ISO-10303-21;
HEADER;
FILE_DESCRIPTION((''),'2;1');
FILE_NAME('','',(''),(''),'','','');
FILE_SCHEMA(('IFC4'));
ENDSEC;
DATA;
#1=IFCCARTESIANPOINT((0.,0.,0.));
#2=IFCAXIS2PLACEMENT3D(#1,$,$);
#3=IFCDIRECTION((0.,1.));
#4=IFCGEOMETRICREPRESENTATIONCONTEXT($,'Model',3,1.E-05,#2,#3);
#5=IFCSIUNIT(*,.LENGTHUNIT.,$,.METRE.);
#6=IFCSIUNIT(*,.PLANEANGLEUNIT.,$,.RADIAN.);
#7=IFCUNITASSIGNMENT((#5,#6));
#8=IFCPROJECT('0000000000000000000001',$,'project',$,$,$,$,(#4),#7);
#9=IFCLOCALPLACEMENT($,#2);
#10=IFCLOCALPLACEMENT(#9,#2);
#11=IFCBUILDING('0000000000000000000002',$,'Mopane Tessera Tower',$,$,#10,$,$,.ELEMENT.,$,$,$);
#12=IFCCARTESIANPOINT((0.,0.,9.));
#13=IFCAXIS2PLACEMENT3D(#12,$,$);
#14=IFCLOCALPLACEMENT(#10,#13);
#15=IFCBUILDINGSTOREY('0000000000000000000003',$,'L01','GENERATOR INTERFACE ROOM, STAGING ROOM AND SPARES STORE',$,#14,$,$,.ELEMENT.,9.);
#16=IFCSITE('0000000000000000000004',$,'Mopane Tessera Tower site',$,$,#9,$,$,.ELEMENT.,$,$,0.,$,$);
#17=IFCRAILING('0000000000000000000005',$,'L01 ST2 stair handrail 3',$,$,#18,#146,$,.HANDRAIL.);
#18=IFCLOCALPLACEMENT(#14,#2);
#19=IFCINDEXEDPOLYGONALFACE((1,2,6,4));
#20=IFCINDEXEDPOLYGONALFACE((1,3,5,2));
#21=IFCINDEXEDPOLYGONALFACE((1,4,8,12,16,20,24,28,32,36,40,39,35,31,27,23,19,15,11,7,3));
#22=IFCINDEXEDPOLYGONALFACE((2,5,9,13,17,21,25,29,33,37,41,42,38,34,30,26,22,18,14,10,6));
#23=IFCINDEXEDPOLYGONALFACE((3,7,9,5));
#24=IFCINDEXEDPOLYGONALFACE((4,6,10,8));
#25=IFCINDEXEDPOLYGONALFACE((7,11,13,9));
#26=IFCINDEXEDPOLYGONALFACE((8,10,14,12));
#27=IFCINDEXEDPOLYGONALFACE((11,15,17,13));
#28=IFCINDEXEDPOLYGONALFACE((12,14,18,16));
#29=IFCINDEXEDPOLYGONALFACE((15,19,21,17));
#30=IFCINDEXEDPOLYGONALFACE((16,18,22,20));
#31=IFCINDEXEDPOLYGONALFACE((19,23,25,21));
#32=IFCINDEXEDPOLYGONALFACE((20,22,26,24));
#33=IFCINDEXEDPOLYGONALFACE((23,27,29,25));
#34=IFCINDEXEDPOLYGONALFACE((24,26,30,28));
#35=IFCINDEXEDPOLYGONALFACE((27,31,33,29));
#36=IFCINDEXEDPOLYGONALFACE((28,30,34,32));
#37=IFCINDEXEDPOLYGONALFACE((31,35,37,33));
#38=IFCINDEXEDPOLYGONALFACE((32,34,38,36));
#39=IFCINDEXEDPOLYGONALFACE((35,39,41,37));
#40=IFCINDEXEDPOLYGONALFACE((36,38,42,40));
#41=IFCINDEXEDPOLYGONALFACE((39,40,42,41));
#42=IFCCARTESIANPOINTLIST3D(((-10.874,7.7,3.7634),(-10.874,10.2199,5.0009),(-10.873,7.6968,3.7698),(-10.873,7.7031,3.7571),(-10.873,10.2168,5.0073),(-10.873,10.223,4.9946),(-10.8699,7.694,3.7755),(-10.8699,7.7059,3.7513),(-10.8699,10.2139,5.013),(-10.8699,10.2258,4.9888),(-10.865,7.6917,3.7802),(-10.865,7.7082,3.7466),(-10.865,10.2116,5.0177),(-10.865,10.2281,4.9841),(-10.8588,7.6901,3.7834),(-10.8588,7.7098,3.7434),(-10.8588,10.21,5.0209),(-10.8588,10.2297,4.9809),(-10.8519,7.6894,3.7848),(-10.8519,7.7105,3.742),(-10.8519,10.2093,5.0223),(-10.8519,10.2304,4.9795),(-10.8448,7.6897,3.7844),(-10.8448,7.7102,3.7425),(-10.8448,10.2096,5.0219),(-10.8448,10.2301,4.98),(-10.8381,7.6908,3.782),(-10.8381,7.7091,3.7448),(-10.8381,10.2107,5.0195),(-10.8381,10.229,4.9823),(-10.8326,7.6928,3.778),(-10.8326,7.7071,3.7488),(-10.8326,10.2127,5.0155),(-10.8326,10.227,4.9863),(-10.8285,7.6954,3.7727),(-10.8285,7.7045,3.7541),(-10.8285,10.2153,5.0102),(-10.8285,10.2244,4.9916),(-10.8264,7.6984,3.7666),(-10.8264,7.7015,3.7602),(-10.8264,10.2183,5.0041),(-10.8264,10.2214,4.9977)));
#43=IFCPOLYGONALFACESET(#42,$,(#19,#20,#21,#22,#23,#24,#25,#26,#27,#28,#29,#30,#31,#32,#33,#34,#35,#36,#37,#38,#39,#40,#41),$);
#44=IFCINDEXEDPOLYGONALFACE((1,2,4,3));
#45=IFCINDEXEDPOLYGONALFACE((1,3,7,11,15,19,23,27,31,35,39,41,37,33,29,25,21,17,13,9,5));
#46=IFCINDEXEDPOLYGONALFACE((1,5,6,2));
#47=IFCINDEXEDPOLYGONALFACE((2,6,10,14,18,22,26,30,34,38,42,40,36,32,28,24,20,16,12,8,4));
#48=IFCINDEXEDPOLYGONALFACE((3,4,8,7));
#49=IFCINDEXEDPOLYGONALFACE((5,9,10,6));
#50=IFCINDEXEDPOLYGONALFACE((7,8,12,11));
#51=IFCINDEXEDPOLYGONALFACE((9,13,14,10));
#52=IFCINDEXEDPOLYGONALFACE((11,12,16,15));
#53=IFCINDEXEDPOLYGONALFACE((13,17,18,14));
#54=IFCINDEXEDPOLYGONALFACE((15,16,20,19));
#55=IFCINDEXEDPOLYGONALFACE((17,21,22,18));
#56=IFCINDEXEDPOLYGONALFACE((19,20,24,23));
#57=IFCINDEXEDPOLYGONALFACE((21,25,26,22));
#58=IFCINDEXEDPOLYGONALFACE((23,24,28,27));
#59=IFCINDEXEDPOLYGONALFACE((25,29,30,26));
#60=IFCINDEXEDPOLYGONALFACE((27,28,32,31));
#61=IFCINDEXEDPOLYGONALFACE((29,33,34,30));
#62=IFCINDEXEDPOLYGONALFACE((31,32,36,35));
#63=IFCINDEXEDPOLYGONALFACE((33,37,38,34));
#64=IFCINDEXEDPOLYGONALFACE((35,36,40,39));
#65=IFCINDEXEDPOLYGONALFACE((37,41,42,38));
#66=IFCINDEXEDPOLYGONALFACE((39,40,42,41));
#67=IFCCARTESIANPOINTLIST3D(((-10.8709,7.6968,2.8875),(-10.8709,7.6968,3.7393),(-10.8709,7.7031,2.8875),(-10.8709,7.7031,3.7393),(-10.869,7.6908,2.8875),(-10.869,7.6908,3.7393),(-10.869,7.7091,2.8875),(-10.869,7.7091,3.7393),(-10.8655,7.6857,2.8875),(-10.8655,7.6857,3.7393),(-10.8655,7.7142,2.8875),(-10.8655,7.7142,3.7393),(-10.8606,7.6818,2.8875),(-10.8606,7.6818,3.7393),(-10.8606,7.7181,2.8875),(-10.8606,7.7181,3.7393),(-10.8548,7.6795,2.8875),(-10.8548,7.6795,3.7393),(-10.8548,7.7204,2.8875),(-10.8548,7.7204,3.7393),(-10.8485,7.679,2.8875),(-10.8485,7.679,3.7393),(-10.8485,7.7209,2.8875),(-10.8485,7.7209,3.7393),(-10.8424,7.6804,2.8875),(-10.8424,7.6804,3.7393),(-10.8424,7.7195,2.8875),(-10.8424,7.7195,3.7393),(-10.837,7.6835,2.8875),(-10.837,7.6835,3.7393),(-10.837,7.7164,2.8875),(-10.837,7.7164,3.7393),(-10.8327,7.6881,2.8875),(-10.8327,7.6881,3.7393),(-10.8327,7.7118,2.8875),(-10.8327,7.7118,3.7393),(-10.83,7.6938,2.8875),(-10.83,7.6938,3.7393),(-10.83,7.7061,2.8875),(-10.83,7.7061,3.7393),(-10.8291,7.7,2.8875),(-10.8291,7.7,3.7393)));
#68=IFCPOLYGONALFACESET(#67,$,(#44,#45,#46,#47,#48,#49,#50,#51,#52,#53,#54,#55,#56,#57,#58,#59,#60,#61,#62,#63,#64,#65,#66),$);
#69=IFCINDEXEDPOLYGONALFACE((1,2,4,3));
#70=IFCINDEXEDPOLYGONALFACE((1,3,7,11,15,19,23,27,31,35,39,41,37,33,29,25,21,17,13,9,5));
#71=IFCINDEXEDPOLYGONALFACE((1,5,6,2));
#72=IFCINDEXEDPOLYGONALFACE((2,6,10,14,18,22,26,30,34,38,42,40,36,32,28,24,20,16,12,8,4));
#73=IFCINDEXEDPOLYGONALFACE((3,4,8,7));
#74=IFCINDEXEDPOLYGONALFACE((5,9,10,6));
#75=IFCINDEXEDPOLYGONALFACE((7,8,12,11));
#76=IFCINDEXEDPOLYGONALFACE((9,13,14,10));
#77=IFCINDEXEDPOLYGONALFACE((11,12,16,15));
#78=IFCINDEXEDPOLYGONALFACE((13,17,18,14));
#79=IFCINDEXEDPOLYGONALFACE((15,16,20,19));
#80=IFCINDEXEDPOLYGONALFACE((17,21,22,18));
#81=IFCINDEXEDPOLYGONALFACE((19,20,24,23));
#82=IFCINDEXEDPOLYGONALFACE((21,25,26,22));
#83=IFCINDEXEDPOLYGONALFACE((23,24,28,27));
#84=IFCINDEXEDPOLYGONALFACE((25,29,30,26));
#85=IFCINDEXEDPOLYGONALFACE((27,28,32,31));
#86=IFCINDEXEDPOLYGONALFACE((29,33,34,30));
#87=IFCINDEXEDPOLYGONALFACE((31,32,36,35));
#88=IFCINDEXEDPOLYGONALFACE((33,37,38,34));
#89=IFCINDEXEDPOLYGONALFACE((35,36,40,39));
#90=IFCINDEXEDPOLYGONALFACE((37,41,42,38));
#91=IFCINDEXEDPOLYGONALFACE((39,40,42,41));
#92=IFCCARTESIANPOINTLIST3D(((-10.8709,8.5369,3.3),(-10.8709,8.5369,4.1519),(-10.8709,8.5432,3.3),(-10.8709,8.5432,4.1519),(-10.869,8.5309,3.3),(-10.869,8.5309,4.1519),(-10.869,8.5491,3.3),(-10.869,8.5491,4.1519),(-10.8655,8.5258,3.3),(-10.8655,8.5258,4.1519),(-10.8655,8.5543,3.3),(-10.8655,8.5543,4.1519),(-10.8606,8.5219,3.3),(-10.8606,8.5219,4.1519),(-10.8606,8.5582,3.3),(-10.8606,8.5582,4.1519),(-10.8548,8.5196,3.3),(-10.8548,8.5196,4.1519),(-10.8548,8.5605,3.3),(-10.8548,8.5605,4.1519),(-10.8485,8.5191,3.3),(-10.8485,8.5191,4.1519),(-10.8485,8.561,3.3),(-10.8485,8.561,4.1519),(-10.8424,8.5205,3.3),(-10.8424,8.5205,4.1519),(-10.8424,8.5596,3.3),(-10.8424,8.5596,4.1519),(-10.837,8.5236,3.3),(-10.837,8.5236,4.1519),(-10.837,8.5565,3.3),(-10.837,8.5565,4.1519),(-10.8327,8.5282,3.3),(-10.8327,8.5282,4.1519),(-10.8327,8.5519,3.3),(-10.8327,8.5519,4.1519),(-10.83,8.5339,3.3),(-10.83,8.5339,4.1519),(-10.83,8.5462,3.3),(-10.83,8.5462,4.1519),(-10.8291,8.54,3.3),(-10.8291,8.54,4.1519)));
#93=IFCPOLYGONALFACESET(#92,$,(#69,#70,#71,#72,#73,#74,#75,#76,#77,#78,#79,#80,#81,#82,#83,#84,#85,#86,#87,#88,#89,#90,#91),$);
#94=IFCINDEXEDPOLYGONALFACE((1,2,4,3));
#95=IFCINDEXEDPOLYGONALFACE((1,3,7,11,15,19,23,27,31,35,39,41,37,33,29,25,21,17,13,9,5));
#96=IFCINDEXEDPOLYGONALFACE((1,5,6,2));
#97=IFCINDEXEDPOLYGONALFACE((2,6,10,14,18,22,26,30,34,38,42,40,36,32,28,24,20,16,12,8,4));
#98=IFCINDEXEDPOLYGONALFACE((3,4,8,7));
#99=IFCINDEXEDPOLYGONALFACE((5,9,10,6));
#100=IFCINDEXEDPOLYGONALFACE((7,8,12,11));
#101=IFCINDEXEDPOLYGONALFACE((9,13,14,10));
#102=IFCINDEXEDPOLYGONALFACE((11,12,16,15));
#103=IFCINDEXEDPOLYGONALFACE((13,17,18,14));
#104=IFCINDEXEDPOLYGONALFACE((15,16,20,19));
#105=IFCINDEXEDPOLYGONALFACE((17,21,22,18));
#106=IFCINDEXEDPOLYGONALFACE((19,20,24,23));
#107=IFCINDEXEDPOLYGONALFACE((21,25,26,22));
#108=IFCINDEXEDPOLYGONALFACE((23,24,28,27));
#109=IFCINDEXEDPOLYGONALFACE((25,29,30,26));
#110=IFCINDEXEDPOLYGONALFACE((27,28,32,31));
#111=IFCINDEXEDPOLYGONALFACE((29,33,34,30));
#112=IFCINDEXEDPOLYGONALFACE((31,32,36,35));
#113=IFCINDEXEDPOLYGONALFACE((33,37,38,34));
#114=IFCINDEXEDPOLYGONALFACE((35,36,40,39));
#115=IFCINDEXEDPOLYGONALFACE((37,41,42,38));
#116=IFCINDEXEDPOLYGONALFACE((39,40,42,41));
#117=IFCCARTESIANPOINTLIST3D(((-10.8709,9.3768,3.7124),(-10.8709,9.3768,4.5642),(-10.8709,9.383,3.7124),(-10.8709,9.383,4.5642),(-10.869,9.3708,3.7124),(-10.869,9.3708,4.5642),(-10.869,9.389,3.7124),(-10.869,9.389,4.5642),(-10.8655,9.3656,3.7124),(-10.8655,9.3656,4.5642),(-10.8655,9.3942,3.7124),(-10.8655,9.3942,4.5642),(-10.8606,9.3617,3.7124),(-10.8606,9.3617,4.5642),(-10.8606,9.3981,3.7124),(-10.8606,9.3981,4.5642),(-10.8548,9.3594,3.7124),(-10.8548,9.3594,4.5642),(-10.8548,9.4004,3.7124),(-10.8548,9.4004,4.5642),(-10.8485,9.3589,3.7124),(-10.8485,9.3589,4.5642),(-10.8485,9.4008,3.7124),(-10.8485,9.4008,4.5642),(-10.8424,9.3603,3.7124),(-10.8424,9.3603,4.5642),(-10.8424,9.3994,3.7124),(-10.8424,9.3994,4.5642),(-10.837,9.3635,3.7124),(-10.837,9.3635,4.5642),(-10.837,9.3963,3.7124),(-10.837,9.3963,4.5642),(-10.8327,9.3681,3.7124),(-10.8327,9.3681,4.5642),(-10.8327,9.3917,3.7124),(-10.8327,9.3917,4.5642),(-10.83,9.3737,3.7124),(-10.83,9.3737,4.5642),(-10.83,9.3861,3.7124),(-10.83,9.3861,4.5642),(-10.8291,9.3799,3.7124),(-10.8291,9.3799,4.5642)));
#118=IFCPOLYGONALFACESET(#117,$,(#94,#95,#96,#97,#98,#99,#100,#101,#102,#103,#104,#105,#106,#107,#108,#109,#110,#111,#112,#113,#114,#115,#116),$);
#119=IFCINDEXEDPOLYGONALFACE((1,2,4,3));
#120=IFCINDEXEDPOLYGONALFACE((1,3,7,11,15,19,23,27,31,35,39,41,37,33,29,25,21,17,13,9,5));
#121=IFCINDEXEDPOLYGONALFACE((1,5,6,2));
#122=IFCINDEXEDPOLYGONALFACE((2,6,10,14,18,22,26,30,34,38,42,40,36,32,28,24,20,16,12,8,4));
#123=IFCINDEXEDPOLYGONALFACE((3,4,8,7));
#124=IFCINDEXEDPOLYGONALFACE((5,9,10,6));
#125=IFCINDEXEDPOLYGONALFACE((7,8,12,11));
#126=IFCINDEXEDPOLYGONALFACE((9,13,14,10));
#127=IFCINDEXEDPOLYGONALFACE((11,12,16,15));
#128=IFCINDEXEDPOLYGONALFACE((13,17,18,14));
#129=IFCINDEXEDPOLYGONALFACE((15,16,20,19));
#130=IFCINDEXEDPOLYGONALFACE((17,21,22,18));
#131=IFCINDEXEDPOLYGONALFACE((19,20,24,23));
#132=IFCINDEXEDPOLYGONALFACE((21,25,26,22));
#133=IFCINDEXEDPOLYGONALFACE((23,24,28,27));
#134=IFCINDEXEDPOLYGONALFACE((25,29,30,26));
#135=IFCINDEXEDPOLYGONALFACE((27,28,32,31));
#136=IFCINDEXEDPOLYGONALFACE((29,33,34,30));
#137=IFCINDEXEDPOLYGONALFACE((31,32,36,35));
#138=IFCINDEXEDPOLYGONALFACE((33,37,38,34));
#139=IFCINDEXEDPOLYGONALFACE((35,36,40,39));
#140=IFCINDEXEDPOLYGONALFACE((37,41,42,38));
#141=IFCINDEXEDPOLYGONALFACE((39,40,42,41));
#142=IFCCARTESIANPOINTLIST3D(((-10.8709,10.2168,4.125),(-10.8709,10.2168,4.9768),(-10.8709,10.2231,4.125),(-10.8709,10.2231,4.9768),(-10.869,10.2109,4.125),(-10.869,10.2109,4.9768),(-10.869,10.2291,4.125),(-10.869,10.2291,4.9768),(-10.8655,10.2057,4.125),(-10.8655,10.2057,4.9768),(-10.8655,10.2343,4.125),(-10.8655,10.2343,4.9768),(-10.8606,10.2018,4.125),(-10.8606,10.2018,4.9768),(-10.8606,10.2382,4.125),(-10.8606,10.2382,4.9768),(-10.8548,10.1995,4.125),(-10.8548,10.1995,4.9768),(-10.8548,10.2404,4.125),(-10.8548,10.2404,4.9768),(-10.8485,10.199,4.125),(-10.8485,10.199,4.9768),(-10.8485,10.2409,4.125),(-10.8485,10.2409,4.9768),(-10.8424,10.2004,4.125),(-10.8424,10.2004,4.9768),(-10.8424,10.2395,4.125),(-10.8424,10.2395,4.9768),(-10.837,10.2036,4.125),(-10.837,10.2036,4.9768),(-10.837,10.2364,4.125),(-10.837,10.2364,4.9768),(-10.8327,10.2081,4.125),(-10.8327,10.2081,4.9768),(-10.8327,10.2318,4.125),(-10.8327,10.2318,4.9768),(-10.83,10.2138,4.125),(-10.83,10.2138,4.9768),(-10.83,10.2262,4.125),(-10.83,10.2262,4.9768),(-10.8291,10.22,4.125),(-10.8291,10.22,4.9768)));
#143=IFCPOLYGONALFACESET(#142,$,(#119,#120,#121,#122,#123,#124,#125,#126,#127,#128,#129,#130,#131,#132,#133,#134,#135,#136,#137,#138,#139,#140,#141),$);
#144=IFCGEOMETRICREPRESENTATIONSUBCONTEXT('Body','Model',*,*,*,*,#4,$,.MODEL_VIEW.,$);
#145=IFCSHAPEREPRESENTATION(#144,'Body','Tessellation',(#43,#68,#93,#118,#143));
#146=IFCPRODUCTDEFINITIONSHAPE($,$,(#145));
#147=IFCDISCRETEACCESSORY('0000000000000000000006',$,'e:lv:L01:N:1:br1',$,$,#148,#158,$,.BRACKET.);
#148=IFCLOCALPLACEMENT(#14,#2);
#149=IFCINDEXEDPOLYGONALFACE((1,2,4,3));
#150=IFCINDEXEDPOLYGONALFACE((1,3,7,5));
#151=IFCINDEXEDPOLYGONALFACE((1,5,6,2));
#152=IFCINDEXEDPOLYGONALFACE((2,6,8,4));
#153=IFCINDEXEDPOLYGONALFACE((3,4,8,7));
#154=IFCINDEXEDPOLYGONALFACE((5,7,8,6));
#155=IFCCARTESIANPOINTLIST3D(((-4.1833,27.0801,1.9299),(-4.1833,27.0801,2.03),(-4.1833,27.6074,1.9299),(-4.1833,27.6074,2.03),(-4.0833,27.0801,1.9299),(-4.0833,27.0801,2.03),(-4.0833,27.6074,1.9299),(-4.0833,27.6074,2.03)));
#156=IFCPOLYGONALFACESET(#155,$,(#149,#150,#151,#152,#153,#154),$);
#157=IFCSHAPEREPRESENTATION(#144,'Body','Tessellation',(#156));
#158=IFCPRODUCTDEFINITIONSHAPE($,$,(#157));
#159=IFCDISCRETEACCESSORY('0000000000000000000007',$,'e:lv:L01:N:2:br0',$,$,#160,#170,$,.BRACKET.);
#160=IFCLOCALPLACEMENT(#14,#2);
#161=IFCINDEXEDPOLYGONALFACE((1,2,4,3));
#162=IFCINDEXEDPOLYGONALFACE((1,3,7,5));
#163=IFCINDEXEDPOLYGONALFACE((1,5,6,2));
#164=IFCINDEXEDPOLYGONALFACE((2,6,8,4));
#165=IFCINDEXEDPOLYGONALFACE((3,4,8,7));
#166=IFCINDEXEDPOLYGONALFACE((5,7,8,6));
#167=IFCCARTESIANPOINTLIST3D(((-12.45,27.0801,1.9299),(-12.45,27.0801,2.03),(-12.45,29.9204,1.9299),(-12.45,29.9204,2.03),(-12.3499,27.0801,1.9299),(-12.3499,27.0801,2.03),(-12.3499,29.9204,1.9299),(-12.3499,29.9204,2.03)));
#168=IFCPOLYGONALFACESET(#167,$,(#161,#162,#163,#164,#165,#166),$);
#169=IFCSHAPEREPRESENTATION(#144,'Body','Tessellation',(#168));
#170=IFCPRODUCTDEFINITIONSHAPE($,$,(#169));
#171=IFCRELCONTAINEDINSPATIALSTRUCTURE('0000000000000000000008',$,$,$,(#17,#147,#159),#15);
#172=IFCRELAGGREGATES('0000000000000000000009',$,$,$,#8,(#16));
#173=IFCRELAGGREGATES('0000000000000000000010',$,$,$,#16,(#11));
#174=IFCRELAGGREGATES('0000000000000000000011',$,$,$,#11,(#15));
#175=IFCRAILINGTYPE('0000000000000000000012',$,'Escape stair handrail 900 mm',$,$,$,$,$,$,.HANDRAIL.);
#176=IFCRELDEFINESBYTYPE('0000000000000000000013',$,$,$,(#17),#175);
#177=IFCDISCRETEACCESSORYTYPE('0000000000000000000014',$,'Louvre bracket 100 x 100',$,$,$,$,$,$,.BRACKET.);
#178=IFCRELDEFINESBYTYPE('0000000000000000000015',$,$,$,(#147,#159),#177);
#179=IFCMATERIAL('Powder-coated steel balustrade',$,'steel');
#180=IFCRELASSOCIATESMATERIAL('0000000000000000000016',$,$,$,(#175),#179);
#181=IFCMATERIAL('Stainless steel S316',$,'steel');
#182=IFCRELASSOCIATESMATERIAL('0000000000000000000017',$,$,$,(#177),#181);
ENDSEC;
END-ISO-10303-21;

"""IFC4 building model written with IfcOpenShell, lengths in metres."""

from ifc_helpers import new_model, si_unit, direction, frame, origin, origin_2d, place, context, subcontext, project, spatial, rectangle, circle, extrude, material, type_object, element, save


model = new_model("IFC4")

# Units and contexts
model_context = context("Model", 3, precision=1e-05, world=origin(), true_north=direction((0.0, 1.0)))
body_context = subcontext(model_context, "Body", "Model", "MODEL_VIEW")
ifc_project = project(units=[si_unit("LENGTHUNIT", "METRE"), si_unit("PLANEANGLEUNIT", "RADIAN")], contexts=[model_context])

# Site, building, storey
site_placement = place(None, origin())
site = spatial("IfcSite", under=ifc_project, at=site_placement, Name="Mopane Tessera Tower site", CompositionType="ELEMENT", RefElevation=0.0)
building_placement = place(site_placement, origin())
building = spatial("IfcBuilding", under=site, at=building_placement, Name="Mopane Tessera Tower", CompositionType="ELEMENT")
storey_placement = place(building_placement, frame((0.0, 0.0, 9.0)))
storey = spatial("IfcBuildingStorey", under=building, at=storey_placement, Name="L01", Description="GENERATOR INTERFACE ROOM, STAGING ROOM AND SPARES STORE", CompositionType="ELEMENT", Elevation=9.0)

# Railing
ifc_material_1 = material(Name="Powder-coated steel balustrade", Category="steel")
railing_type_1 = type_object("IfcRailingType", Name="Escape stair handrail 900 mm", PredefinedType="HANDRAIL", material=ifc_material_1)
for number, where, name in (
    (1, (-10.8501, 7.7, 2.8875), "L01 ST2 stair handrail 3"),
):
    element("IfcRailing", number, at=place(storey_placement, frame(where)), inside=storey, type_object=railing_type_1, Name=name, PredefinedType="HANDRAIL", context=body_context, shape_type="SweptSolid", body=[
        extrude(circle(Radius=0.0239, at=origin_2d()), frame((0.0, 0.0, 0.876), z_axis=(0.0, 0.897604, 0.440802), x_axis=(-1.0, 0.0, 0.0)), (0.0, 0.0, 1.0), 2.8074),
        extrude(circle(Radius=0.021, at=origin_2d()), origin(), (0.0, 0.0, 1.0), 0.8518),
        extrude(circle(Radius=0.021, at=origin_2d()), frame((0.0, 0.8401, 0.4126)), (0.0, 0.0, 1.0), 0.8518),
        extrude(circle(Radius=0.021, at=origin_2d()), frame((0.0, 1.6799, 0.825)), (0.0, 0.0, 1.0), 0.8518),
        extrude(circle(Radius=0.021, at=origin_2d()), frame((0.0, 2.52, 1.2375)), (0.0, 0.0, 1.0), 0.8518),
    ])

# Discrete accessories
ifc_material_2 = material(Name="Stainless steel S316", Category="steel")
discrete_accessory_type = type_object("IfcDiscreteAccessoryType", Name="Louvre bracket 100 x 100", PredefinedType="BRACKET", material=ifc_material_2)
discrete_accessory_1_placement = place(storey_placement, frame((-4.1333, 27.3438, 1.9299), z_axis=(0.0, 0.0, 1.0), x_axis=(0.0, 1.0, 0.0)))
element("IfcDiscreteAccessory", 2, at=discrete_accessory_1_placement, inside=storey, type_object=discrete_accessory_type, Name="e:lv:L01:N:1:br1", PredefinedType="BRACKET", context=body_context, shape_type="SweptSolid", body=[
    extrude(rectangle(XDim=0.5273, YDim=0.1001, at=origin_2d()), origin(), (0.0, 0.0, 1.0), 0.1001),
])
discrete_accessory_2_placement = place(storey_placement, frame((-12.3999, 28.5002, 1.9299), z_axis=(0.0, 0.0, 1.0), x_axis=(0.0, 1.0, 0.0)))
element("IfcDiscreteAccessory", 3, at=discrete_accessory_2_placement, inside=storey, type_object=discrete_accessory_type, Name="e:lv:L01:N:2:br0", PredefinedType="BRACKET", context=body_context, shape_type="SweptSolid", body=[
    extrude(rectangle(XDim=2.8403, YDim=0.1001, at=origin_2d()), origin(), (0.0, 0.0, 1.0), 0.1001),
])

save(model, "model.ifc")
